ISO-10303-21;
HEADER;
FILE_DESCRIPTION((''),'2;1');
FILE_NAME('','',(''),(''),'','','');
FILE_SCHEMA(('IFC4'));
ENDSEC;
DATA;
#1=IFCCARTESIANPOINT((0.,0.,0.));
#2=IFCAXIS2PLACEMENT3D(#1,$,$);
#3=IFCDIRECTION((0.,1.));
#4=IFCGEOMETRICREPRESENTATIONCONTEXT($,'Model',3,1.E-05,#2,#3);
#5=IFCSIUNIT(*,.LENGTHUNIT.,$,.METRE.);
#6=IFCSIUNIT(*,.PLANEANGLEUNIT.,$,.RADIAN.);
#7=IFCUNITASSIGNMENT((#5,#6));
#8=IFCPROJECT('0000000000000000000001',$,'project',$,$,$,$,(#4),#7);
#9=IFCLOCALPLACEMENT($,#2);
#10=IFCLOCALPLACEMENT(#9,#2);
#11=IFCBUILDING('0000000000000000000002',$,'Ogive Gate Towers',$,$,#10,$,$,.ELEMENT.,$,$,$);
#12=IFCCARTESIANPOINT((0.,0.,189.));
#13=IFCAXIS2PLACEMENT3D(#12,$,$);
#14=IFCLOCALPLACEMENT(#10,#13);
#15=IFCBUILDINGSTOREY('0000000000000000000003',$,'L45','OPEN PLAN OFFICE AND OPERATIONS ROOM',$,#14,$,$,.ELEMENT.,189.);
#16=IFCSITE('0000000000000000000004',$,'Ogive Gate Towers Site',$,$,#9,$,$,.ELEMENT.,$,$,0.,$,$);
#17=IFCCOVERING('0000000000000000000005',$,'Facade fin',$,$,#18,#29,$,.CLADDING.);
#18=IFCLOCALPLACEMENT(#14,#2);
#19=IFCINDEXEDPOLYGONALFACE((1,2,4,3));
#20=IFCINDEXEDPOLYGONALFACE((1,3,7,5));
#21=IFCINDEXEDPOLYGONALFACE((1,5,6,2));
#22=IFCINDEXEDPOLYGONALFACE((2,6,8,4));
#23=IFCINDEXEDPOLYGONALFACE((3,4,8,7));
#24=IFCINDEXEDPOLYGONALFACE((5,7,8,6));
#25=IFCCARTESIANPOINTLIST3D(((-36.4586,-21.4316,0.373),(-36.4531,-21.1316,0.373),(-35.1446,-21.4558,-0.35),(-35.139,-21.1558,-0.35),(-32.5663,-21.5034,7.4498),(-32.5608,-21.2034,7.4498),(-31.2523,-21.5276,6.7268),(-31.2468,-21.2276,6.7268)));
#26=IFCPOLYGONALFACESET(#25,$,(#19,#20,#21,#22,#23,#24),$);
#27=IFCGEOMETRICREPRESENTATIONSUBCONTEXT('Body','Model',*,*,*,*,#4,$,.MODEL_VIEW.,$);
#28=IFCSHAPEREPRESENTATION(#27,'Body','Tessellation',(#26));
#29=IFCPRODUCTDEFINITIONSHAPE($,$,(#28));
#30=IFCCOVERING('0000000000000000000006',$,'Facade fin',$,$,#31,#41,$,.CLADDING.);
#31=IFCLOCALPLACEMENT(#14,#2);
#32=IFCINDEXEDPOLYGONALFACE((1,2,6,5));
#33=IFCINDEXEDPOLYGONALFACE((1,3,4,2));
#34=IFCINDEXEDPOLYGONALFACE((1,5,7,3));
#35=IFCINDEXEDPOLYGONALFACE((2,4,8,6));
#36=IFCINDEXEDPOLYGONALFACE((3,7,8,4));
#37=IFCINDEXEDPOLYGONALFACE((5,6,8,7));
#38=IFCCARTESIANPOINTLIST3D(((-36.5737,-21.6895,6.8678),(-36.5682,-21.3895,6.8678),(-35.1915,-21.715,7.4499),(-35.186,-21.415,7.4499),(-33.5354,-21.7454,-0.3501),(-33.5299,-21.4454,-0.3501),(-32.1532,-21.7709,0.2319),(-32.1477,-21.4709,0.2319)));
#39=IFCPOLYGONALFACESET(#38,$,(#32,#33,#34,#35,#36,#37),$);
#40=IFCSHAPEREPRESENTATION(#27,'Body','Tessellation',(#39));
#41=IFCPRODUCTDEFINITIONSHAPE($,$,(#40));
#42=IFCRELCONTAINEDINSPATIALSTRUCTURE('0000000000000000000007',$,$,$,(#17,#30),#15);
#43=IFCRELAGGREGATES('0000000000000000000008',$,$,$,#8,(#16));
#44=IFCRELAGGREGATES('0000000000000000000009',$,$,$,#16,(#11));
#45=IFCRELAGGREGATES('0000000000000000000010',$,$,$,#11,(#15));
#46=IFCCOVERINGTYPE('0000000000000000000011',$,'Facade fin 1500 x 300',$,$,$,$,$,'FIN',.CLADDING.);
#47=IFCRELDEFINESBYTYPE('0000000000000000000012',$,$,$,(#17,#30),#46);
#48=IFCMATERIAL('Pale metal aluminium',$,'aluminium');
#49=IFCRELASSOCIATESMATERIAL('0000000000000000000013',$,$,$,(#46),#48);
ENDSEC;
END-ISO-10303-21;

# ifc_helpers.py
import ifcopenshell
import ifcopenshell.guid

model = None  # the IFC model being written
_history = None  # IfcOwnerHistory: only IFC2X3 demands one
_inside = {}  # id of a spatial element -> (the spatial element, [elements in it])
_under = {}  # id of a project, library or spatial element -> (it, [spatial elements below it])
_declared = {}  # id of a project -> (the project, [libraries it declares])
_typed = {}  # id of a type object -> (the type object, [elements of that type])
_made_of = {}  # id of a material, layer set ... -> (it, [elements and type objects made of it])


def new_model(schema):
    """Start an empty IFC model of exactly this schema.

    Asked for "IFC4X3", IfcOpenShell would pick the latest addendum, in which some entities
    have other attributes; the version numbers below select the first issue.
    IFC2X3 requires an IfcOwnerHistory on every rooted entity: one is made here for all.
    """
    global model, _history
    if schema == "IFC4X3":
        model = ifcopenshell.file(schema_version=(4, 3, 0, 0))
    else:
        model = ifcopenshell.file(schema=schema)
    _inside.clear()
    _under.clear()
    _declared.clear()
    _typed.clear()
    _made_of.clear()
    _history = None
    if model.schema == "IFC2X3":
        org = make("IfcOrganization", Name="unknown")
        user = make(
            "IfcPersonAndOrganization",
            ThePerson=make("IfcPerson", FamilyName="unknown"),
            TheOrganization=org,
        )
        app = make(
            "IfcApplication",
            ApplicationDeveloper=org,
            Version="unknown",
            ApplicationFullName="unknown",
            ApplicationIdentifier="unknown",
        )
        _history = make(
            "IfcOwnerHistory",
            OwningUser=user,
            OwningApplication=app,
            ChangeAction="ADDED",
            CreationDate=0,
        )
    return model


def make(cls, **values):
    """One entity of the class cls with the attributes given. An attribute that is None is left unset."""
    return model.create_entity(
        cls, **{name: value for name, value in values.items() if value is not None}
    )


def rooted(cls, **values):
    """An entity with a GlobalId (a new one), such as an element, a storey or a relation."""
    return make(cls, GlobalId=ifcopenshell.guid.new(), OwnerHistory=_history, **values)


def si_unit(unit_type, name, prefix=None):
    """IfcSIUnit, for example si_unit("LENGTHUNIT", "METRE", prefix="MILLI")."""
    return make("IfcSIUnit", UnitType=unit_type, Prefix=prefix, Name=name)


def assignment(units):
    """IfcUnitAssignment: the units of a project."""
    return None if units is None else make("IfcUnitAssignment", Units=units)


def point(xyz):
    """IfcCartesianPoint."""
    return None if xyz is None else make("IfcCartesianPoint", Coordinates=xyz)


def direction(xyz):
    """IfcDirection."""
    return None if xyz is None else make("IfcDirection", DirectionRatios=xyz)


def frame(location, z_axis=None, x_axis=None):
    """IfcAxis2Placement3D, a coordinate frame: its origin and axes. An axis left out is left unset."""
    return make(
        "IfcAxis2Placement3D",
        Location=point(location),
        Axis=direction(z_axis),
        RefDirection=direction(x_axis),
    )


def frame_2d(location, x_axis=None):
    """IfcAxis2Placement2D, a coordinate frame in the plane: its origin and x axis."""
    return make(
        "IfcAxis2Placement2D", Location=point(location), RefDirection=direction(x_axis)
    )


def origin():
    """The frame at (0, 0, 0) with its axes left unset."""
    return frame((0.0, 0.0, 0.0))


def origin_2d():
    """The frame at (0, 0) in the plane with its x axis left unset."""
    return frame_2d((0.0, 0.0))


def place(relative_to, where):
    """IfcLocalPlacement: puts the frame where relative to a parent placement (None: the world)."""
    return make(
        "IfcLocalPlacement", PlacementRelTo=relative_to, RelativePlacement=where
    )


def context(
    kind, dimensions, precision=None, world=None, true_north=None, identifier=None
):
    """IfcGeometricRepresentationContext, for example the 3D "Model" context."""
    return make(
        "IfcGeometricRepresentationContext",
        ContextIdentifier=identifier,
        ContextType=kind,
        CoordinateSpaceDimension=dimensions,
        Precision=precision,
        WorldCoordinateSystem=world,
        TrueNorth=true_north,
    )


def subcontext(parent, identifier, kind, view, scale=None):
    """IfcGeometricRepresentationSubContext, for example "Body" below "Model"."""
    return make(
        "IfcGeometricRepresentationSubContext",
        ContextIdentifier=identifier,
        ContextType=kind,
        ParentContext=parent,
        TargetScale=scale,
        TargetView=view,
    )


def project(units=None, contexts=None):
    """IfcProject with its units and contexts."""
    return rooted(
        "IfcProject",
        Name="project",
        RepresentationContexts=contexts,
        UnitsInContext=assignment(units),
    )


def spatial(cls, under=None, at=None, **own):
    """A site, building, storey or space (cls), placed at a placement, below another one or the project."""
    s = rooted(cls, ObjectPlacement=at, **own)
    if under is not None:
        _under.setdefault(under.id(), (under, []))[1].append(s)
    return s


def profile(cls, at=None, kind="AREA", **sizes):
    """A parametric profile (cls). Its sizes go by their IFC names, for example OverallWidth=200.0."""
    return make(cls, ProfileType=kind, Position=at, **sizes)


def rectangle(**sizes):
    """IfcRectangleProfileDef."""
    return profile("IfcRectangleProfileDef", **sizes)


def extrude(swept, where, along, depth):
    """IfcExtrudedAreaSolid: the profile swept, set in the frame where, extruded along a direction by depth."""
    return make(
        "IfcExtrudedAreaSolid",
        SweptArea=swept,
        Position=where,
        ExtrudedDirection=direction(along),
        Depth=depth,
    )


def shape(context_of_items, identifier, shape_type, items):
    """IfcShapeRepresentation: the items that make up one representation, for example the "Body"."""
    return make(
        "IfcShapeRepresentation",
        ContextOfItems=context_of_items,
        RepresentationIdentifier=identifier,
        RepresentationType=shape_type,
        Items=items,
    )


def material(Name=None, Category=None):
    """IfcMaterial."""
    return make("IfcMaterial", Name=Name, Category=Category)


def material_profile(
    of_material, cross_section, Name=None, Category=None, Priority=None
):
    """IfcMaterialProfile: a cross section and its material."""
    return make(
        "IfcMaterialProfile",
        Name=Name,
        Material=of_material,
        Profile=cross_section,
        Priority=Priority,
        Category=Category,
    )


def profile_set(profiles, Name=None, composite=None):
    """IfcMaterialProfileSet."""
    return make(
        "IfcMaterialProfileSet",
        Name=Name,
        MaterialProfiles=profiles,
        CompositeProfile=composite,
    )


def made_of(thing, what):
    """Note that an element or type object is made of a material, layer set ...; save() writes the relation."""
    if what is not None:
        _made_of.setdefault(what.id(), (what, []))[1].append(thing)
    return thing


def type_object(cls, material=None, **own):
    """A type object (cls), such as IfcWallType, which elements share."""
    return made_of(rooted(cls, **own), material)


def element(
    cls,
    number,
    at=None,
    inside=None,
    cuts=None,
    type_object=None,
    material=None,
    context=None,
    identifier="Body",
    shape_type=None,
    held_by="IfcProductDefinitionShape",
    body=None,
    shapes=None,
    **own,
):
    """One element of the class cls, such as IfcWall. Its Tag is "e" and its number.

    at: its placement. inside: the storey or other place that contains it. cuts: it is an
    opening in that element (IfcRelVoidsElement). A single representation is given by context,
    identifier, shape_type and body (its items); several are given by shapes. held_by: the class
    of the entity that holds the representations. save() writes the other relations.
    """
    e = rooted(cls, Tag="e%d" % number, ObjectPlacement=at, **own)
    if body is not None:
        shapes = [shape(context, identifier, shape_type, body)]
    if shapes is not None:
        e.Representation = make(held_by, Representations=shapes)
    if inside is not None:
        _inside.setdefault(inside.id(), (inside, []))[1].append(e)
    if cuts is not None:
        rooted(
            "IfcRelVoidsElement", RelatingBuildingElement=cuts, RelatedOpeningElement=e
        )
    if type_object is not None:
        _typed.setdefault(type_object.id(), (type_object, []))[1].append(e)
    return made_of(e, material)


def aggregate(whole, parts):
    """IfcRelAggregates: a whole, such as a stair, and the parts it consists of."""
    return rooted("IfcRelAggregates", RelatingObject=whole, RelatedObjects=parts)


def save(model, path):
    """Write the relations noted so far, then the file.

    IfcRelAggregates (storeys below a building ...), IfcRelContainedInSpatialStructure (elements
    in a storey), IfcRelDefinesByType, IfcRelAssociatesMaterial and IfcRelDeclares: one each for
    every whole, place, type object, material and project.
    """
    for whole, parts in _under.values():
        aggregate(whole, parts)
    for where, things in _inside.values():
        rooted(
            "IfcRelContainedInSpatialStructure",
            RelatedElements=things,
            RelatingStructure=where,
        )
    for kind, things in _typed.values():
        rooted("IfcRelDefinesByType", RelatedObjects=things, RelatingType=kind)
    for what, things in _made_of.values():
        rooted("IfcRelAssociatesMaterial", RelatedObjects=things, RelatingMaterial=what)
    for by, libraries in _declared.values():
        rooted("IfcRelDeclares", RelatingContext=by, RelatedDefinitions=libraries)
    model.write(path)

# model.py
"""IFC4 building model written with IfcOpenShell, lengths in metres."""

from ifc_helpers import new_model, si_unit, direction, frame, origin, origin_2d, place, context, subcontext, project, spatial, rectangle, extrude, material, material_profile, profile_set, type_object, element, save


model = new_model("IFC4")

# Units and contexts
model_context = context("Model", 3, precision=1e-05, world=origin(), true_north=direction((0.0, 1.0)))
body_context = subcontext(model_context, "Body", "Model", "MODEL_VIEW")
ifc_project = project(units=[si_unit("LENGTHUNIT", "METRE"), si_unit("PLANEANGLEUNIT", "RADIAN")], contexts=[model_context])

# Site, building, storey
site_placement = place(None, origin())
site = spatial("IfcSite", under=ifc_project, at=site_placement, Name="Ogive Gate Towers Site", CompositionType="ELEMENT", RefElevation=0.0)
building_placement = place(site_placement, origin())
building = spatial("IfcBuilding", under=site, at=building_placement, Name="Ogive Gate Towers", CompositionType="ELEMENT")
storey_placement = place(building_placement, frame((0.0, 0.0, 189.0)))
storey = spatial("IfcBuildingStorey", under=building, at=storey_placement, Name="L45", Description="OPEN PLAN OFFICE AND OPERATIONS ROOM", CompositionType="ELEMENT", Elevation=189.0)

# Shared definitions
ifc_material_1 = material(Name="Pale metal aluminium", Category="aluminium")

# Coverings
ifc_material_profile_1 = material_profile(ifc_material_1, rectangle(XDim=0.3, YDim=1.5, at=origin_2d()), Name="1500 x 300 pale metal aluminium")
ifc_profile_set_1 = profile_set([ifc_material_profile_1], Name="Pale metal aluminium")
covering_type = type_object("IfcCoveringType", Name="Facade fin 1500 x 300", ElementType="FIN", PredefinedType="CLADDING", material=ifc_profile_set_1)
covering_1_placement = place(storey_placement, frame((-35.7988, -21.2937, 0.0115), z_axis=(0.481903, -0.008887, 0.876179), x_axis=(0.018438, 0.99983, 0.0)))
element("IfcCovering", 1, at=covering_1_placement, inside=storey, type_object=covering_type, Name="Facade fin", PredefinedType="CLADDING", context=body_context, shape_type="SweptSolid", body=[
    extrude(rectangle(XDim=0.3, YDim=1.5, at=origin_2d()), origin(), (0.0, 0.0, 1.0), 8.0769),
])
covering_2_placement = place(storey_placement, frame((-32.8416, -21.6082, -0.0591), z_axis=(-0.387957, 0.007139, 0.92165), x_axis=(-0.018398, -0.999831, 0.0)))
element("IfcCovering", 2, at=covering_2_placement, inside=storey, type_object=covering_type, Name="Facade fin", PredefinedType="CLADDING", context=body_context, shape_type="SweptSolid", body=[
    extrude(rectangle(XDim=0.3, YDim=1.5, at=origin_2d()), origin(), (0.0, 0.0, 1.0), 7.8315),
])

save(model, "model.ifc")
